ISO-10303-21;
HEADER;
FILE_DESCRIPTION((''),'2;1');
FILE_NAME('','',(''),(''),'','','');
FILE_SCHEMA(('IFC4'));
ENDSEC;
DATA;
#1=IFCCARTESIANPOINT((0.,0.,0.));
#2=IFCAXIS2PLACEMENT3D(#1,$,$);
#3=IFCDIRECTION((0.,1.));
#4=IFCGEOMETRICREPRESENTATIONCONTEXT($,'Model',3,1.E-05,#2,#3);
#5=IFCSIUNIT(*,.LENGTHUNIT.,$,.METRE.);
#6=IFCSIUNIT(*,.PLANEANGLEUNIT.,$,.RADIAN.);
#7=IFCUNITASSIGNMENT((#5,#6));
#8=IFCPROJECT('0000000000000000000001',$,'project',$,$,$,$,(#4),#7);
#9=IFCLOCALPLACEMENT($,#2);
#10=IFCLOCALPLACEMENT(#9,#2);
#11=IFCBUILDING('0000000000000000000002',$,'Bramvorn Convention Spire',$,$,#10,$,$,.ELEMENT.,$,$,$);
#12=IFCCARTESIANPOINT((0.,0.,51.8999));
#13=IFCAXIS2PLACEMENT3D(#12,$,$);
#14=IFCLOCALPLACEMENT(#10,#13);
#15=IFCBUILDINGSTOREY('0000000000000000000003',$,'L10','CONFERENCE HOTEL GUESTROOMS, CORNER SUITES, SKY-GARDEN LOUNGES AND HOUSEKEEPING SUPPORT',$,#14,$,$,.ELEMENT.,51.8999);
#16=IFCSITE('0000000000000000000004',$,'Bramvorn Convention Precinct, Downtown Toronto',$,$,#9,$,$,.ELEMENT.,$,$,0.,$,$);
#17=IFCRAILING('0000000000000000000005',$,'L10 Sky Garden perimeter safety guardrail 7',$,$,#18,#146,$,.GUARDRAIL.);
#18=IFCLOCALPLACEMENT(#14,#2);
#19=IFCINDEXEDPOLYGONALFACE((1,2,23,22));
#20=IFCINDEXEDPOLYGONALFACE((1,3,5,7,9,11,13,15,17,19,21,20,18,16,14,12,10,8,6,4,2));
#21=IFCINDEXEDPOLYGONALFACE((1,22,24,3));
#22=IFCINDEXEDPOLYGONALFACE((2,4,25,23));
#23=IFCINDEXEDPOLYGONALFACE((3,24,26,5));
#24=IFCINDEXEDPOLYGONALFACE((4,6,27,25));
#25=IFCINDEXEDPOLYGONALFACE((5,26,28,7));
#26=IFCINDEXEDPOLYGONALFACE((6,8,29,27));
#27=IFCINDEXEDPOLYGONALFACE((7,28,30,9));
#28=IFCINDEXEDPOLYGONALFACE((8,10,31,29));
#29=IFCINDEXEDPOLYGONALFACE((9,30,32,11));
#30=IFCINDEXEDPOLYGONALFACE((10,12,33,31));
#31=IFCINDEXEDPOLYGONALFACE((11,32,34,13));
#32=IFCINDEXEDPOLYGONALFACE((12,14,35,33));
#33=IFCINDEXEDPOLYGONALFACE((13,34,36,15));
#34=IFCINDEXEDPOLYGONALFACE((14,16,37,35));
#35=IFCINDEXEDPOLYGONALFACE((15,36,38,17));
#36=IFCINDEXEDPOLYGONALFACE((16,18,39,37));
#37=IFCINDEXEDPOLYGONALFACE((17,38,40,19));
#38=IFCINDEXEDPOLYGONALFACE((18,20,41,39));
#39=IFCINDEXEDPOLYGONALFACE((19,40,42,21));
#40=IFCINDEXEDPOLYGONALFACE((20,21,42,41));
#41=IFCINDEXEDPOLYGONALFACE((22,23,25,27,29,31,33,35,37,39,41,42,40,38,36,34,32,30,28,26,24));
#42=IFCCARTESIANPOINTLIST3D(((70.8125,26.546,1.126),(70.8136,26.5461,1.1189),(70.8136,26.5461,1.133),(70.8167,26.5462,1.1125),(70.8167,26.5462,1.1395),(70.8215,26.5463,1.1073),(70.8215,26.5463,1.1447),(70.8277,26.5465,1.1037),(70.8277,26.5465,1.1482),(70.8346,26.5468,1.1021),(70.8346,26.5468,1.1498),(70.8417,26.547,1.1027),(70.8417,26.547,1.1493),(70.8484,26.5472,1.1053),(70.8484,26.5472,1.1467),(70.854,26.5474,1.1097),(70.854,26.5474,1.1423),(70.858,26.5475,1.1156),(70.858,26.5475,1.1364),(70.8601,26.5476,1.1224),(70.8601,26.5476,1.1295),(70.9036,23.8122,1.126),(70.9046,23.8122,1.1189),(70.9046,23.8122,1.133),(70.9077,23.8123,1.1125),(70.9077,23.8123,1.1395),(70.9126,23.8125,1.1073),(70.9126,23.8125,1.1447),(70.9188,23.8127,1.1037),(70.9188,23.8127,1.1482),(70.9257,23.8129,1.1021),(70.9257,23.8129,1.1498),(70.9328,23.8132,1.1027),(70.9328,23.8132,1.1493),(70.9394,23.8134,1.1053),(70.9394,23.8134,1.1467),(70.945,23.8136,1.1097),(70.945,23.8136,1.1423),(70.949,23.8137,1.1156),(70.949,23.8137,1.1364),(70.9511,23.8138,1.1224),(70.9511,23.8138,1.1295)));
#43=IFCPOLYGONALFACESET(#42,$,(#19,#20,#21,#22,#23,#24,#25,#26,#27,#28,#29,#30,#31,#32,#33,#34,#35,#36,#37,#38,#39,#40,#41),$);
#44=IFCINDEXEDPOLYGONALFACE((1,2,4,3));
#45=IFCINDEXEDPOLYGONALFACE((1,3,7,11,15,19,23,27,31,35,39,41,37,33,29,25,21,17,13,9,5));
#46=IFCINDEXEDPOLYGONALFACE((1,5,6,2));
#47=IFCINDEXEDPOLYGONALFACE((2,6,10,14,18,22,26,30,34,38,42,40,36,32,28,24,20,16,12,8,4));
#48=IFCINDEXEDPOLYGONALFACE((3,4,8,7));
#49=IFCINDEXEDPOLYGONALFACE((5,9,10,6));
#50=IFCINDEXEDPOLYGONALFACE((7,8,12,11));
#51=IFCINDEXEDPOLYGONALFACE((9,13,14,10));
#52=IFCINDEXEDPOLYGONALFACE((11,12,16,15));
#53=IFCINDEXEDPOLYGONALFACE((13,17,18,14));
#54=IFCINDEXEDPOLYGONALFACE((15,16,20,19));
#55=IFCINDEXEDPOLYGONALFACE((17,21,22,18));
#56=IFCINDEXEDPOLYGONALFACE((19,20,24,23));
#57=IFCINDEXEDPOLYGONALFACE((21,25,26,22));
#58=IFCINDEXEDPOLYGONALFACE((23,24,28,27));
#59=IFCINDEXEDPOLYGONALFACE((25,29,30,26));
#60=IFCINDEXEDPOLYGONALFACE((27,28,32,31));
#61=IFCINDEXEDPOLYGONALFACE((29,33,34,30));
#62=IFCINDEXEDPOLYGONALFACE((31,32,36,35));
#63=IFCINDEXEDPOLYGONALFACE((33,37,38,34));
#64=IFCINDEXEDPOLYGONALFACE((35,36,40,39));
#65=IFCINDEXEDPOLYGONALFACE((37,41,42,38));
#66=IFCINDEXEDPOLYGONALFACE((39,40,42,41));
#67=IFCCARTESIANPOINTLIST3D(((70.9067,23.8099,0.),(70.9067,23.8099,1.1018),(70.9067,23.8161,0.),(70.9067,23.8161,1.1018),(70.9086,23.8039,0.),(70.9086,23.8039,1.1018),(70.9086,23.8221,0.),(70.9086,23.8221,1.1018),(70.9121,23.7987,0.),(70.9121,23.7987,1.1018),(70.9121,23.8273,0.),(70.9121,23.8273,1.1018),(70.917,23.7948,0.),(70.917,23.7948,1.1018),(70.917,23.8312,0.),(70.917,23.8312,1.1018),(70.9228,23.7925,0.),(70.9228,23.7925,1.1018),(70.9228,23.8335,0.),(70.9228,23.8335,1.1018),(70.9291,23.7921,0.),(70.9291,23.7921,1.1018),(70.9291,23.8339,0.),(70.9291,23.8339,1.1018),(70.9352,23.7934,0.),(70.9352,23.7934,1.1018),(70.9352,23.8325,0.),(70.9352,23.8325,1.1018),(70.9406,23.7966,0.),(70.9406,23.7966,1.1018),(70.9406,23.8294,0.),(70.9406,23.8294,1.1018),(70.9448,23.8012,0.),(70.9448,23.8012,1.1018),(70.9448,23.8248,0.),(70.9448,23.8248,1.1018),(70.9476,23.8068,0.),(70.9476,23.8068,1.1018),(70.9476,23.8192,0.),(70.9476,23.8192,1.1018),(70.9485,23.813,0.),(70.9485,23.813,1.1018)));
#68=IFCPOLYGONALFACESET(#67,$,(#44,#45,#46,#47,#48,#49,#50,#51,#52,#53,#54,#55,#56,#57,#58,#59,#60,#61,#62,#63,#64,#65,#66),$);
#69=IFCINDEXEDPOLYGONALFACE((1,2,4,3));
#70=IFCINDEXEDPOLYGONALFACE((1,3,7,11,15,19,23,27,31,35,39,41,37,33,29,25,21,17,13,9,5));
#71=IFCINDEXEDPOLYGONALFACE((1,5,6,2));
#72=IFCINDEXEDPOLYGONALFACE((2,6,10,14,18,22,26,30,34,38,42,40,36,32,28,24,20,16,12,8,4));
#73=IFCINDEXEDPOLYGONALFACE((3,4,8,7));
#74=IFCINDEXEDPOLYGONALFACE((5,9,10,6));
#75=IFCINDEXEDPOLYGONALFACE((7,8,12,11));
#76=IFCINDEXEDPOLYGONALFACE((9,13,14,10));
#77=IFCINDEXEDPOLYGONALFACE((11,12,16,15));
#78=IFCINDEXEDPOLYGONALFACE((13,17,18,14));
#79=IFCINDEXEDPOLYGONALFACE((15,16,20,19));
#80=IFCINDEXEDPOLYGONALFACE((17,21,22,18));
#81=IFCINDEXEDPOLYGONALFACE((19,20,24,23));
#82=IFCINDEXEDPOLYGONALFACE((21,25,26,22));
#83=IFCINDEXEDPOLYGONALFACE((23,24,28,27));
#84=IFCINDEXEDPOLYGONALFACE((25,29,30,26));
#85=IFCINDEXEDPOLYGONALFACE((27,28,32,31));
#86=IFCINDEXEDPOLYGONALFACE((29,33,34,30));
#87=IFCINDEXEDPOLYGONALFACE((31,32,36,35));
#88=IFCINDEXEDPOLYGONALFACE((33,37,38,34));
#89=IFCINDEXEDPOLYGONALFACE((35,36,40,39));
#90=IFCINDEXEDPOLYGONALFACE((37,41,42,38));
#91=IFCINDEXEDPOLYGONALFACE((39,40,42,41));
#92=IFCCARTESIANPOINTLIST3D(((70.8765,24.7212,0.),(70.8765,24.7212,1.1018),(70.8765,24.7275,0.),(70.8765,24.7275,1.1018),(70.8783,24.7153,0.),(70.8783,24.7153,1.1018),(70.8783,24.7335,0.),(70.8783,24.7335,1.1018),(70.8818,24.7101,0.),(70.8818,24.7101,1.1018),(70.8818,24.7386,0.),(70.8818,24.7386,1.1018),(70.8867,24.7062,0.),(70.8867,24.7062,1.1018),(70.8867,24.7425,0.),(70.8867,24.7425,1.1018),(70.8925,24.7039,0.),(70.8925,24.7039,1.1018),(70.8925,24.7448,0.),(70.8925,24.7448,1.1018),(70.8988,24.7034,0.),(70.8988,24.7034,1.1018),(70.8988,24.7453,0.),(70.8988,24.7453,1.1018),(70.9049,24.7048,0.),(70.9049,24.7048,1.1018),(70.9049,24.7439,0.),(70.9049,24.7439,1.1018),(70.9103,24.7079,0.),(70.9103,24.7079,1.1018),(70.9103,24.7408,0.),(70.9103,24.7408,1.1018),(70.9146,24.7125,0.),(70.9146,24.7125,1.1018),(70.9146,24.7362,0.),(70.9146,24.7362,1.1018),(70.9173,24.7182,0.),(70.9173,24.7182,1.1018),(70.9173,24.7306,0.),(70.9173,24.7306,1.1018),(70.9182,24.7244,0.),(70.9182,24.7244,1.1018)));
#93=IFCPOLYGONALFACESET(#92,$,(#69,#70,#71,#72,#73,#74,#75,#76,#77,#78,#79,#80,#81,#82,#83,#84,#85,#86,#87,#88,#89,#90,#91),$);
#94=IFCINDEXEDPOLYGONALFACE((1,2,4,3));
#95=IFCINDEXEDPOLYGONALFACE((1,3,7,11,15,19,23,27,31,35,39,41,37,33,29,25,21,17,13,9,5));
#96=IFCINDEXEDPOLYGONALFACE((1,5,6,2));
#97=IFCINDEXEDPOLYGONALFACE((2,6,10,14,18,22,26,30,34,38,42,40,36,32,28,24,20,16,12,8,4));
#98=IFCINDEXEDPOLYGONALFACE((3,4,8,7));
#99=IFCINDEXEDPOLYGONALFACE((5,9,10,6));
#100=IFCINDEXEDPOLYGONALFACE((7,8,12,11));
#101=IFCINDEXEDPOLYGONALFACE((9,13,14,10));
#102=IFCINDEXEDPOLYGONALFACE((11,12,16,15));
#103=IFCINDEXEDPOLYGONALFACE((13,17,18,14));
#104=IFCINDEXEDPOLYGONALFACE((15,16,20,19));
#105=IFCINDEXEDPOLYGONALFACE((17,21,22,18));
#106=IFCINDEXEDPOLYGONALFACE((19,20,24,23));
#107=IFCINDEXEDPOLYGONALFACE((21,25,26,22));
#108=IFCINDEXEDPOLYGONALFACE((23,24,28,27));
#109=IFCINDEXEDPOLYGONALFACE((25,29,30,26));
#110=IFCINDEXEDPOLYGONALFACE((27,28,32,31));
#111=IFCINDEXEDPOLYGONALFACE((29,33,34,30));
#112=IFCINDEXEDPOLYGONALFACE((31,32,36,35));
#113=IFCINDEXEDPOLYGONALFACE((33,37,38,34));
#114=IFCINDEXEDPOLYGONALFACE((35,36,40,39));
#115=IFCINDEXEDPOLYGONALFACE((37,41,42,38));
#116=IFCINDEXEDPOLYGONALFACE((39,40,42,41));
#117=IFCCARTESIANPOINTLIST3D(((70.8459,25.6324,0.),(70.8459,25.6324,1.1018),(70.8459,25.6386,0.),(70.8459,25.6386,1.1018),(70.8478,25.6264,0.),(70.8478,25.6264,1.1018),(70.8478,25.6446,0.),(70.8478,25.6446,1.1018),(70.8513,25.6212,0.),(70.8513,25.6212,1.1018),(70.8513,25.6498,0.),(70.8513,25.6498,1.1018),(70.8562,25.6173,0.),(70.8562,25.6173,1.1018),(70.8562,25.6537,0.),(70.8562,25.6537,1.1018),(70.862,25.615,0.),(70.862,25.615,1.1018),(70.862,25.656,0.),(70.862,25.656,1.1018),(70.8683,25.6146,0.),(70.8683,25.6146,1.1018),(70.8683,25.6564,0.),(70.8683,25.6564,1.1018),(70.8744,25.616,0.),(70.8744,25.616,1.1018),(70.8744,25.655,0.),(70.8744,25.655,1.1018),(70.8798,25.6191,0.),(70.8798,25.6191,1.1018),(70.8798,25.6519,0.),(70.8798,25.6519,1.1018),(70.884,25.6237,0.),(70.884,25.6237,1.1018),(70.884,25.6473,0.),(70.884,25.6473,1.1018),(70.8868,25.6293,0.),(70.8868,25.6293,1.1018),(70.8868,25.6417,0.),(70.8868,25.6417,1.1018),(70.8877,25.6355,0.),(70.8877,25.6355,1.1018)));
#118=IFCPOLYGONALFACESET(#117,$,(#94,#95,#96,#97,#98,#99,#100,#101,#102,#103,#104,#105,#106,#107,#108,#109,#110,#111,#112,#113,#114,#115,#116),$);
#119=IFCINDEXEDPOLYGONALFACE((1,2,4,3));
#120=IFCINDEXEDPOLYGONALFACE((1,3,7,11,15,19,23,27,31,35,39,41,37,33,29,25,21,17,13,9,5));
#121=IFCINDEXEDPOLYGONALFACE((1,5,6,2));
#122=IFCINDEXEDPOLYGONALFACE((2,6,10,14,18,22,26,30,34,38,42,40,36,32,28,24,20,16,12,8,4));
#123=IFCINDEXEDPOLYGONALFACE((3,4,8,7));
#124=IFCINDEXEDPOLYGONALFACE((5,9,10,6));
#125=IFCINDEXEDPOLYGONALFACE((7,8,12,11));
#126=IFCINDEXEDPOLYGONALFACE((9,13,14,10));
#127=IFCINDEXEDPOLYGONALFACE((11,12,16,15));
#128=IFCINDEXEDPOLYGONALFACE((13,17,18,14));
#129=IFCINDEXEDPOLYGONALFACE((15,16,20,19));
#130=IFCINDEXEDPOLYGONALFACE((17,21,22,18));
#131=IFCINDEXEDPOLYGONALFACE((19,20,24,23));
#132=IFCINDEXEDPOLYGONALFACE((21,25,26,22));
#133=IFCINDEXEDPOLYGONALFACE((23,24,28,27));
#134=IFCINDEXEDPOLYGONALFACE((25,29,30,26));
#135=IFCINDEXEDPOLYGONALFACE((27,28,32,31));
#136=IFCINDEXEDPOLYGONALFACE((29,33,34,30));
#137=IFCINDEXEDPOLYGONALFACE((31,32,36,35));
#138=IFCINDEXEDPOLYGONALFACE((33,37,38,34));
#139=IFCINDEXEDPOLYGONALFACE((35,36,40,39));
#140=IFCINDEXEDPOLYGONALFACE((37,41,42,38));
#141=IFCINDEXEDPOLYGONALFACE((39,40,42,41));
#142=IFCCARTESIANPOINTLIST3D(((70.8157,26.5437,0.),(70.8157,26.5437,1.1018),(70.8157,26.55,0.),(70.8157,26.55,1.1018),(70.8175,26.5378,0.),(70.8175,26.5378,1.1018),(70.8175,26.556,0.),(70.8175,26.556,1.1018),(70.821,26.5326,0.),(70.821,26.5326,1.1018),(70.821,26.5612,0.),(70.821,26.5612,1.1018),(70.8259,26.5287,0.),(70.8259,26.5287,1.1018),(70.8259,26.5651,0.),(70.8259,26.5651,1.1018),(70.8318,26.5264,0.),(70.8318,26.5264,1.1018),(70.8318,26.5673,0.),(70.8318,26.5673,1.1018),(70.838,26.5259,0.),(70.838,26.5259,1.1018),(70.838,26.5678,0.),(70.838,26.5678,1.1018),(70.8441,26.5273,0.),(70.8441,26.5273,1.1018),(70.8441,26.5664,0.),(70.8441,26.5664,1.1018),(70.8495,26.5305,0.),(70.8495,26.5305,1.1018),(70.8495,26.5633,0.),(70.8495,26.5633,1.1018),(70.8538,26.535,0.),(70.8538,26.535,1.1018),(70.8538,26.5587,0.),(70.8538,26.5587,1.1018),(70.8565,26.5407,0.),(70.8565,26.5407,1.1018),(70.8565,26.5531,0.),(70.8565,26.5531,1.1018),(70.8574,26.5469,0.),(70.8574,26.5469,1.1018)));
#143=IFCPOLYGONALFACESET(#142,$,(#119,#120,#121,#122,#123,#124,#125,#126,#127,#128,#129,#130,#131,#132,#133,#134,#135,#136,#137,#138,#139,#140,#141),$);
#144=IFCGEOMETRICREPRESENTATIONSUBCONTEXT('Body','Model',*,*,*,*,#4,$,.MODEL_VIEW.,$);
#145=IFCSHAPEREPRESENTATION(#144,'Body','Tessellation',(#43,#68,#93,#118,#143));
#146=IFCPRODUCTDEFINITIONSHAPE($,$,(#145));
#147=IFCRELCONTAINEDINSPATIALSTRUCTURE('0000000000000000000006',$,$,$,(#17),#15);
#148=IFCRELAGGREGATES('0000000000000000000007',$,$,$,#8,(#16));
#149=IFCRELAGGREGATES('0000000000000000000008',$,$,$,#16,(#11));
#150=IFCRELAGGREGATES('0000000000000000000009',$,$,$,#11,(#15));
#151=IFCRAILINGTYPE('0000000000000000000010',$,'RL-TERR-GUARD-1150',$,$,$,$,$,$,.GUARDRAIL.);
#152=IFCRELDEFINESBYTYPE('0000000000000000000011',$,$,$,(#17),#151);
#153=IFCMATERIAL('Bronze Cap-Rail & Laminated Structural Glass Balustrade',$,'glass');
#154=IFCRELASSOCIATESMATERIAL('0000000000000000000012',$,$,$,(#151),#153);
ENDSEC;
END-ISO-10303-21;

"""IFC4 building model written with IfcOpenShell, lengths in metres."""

from ifc_helpers import new_model, si_unit, direction, frame, origin, origin_2d, place, context, subcontext, project, spatial, circle, extrude, material, type_object, element, save


model = new_model("IFC4")

# Units and contexts
model_context = context("Model", 3, precision=1e-05, world=origin(), true_north=direction((0.0, 1.0)))
body_context = subcontext(model_context, "Body", "Model", "MODEL_VIEW")
ifc_project = project(units=[si_unit("LENGTHUNIT", "METRE"), si_unit("PLANEANGLEUNIT", "RADIAN")], contexts=[model_context])

# Site, building, storey
site_placement = place(None, origin())
site = spatial("IfcSite", under=ifc_project, at=site_placement, Name="Bramvorn Convention Precinct, Downtown Toronto", CompositionType="ELEMENT", RefElevation=0.0)
building_placement = place(site_placement, origin())
building = spatial("IfcBuilding", under=site, at=building_placement, Name="Bramvorn Convention Spire", CompositionType="ELEMENT")
storey_placement = place(building_placement, frame((0.0, 0.0, 51.8999)))
storey = spatial("IfcBuildingStorey", under=building, at=storey_placement, Name="L10", Description="CONFERENCE HOTEL GUESTROOMS, CORNER SUITES, SKY-GARDEN LOUNGES AND HOUSEKEEPING SUPPORT", CompositionType="ELEMENT", Elevation=51.8999)

# Railing
ifc_material_1 = material(Name="Bronze Cap-Rail & Laminated Structural Glass Balustrade", Category="glass")
railing_type = type_object("IfcRailingType", Name="RL-TERR-GUARD-1150", PredefinedType="GUARDRAIL", material=ifc_material_1)
railing_1_placement = place(storey_placement, frame((70.9275, 23.813, 0.0)))
element("IfcRailing", 1, at=railing_1_placement, inside=storey, type_object=railing_type, Name="L10 Sky Garden perimeter safety guardrail 7", PredefinedType="GUARDRAIL", context=body_context, shape_type="SweptSolid", body=[
    extrude(circle(Radius=0.0239, at=origin_2d()), frame((0.0, 0.0, 1.126), z_axis=(-0.033291, 0.999446, 0.0), x_axis=(-0.999446, -0.033291, 0.0)), (0.0, 0.0, 1.0), 2.7354),
    extrude(circle(Radius=0.021, at=origin_2d()), origin(), (0.0, 0.0, 1.0), 1.1018),
    extrude(circle(Radius=0.021, at=origin_2d()), frame((-0.0303, 0.9114, 0.0)), (0.0, 0.0, 1.0), 1.1018),
    extrude(circle(Radius=0.021, at=origin_2d()), frame((-0.0608, 1.8225, 0.0)), (0.0, 0.0, 1.0), 1.1018),
    extrude(circle(Radius=0.021, at=origin_2d()), frame((-0.0911, 2.7339, 0.0)), (0.0, 0.0, 1.0), 1.1018),
])

save(model, "model.ifc")
